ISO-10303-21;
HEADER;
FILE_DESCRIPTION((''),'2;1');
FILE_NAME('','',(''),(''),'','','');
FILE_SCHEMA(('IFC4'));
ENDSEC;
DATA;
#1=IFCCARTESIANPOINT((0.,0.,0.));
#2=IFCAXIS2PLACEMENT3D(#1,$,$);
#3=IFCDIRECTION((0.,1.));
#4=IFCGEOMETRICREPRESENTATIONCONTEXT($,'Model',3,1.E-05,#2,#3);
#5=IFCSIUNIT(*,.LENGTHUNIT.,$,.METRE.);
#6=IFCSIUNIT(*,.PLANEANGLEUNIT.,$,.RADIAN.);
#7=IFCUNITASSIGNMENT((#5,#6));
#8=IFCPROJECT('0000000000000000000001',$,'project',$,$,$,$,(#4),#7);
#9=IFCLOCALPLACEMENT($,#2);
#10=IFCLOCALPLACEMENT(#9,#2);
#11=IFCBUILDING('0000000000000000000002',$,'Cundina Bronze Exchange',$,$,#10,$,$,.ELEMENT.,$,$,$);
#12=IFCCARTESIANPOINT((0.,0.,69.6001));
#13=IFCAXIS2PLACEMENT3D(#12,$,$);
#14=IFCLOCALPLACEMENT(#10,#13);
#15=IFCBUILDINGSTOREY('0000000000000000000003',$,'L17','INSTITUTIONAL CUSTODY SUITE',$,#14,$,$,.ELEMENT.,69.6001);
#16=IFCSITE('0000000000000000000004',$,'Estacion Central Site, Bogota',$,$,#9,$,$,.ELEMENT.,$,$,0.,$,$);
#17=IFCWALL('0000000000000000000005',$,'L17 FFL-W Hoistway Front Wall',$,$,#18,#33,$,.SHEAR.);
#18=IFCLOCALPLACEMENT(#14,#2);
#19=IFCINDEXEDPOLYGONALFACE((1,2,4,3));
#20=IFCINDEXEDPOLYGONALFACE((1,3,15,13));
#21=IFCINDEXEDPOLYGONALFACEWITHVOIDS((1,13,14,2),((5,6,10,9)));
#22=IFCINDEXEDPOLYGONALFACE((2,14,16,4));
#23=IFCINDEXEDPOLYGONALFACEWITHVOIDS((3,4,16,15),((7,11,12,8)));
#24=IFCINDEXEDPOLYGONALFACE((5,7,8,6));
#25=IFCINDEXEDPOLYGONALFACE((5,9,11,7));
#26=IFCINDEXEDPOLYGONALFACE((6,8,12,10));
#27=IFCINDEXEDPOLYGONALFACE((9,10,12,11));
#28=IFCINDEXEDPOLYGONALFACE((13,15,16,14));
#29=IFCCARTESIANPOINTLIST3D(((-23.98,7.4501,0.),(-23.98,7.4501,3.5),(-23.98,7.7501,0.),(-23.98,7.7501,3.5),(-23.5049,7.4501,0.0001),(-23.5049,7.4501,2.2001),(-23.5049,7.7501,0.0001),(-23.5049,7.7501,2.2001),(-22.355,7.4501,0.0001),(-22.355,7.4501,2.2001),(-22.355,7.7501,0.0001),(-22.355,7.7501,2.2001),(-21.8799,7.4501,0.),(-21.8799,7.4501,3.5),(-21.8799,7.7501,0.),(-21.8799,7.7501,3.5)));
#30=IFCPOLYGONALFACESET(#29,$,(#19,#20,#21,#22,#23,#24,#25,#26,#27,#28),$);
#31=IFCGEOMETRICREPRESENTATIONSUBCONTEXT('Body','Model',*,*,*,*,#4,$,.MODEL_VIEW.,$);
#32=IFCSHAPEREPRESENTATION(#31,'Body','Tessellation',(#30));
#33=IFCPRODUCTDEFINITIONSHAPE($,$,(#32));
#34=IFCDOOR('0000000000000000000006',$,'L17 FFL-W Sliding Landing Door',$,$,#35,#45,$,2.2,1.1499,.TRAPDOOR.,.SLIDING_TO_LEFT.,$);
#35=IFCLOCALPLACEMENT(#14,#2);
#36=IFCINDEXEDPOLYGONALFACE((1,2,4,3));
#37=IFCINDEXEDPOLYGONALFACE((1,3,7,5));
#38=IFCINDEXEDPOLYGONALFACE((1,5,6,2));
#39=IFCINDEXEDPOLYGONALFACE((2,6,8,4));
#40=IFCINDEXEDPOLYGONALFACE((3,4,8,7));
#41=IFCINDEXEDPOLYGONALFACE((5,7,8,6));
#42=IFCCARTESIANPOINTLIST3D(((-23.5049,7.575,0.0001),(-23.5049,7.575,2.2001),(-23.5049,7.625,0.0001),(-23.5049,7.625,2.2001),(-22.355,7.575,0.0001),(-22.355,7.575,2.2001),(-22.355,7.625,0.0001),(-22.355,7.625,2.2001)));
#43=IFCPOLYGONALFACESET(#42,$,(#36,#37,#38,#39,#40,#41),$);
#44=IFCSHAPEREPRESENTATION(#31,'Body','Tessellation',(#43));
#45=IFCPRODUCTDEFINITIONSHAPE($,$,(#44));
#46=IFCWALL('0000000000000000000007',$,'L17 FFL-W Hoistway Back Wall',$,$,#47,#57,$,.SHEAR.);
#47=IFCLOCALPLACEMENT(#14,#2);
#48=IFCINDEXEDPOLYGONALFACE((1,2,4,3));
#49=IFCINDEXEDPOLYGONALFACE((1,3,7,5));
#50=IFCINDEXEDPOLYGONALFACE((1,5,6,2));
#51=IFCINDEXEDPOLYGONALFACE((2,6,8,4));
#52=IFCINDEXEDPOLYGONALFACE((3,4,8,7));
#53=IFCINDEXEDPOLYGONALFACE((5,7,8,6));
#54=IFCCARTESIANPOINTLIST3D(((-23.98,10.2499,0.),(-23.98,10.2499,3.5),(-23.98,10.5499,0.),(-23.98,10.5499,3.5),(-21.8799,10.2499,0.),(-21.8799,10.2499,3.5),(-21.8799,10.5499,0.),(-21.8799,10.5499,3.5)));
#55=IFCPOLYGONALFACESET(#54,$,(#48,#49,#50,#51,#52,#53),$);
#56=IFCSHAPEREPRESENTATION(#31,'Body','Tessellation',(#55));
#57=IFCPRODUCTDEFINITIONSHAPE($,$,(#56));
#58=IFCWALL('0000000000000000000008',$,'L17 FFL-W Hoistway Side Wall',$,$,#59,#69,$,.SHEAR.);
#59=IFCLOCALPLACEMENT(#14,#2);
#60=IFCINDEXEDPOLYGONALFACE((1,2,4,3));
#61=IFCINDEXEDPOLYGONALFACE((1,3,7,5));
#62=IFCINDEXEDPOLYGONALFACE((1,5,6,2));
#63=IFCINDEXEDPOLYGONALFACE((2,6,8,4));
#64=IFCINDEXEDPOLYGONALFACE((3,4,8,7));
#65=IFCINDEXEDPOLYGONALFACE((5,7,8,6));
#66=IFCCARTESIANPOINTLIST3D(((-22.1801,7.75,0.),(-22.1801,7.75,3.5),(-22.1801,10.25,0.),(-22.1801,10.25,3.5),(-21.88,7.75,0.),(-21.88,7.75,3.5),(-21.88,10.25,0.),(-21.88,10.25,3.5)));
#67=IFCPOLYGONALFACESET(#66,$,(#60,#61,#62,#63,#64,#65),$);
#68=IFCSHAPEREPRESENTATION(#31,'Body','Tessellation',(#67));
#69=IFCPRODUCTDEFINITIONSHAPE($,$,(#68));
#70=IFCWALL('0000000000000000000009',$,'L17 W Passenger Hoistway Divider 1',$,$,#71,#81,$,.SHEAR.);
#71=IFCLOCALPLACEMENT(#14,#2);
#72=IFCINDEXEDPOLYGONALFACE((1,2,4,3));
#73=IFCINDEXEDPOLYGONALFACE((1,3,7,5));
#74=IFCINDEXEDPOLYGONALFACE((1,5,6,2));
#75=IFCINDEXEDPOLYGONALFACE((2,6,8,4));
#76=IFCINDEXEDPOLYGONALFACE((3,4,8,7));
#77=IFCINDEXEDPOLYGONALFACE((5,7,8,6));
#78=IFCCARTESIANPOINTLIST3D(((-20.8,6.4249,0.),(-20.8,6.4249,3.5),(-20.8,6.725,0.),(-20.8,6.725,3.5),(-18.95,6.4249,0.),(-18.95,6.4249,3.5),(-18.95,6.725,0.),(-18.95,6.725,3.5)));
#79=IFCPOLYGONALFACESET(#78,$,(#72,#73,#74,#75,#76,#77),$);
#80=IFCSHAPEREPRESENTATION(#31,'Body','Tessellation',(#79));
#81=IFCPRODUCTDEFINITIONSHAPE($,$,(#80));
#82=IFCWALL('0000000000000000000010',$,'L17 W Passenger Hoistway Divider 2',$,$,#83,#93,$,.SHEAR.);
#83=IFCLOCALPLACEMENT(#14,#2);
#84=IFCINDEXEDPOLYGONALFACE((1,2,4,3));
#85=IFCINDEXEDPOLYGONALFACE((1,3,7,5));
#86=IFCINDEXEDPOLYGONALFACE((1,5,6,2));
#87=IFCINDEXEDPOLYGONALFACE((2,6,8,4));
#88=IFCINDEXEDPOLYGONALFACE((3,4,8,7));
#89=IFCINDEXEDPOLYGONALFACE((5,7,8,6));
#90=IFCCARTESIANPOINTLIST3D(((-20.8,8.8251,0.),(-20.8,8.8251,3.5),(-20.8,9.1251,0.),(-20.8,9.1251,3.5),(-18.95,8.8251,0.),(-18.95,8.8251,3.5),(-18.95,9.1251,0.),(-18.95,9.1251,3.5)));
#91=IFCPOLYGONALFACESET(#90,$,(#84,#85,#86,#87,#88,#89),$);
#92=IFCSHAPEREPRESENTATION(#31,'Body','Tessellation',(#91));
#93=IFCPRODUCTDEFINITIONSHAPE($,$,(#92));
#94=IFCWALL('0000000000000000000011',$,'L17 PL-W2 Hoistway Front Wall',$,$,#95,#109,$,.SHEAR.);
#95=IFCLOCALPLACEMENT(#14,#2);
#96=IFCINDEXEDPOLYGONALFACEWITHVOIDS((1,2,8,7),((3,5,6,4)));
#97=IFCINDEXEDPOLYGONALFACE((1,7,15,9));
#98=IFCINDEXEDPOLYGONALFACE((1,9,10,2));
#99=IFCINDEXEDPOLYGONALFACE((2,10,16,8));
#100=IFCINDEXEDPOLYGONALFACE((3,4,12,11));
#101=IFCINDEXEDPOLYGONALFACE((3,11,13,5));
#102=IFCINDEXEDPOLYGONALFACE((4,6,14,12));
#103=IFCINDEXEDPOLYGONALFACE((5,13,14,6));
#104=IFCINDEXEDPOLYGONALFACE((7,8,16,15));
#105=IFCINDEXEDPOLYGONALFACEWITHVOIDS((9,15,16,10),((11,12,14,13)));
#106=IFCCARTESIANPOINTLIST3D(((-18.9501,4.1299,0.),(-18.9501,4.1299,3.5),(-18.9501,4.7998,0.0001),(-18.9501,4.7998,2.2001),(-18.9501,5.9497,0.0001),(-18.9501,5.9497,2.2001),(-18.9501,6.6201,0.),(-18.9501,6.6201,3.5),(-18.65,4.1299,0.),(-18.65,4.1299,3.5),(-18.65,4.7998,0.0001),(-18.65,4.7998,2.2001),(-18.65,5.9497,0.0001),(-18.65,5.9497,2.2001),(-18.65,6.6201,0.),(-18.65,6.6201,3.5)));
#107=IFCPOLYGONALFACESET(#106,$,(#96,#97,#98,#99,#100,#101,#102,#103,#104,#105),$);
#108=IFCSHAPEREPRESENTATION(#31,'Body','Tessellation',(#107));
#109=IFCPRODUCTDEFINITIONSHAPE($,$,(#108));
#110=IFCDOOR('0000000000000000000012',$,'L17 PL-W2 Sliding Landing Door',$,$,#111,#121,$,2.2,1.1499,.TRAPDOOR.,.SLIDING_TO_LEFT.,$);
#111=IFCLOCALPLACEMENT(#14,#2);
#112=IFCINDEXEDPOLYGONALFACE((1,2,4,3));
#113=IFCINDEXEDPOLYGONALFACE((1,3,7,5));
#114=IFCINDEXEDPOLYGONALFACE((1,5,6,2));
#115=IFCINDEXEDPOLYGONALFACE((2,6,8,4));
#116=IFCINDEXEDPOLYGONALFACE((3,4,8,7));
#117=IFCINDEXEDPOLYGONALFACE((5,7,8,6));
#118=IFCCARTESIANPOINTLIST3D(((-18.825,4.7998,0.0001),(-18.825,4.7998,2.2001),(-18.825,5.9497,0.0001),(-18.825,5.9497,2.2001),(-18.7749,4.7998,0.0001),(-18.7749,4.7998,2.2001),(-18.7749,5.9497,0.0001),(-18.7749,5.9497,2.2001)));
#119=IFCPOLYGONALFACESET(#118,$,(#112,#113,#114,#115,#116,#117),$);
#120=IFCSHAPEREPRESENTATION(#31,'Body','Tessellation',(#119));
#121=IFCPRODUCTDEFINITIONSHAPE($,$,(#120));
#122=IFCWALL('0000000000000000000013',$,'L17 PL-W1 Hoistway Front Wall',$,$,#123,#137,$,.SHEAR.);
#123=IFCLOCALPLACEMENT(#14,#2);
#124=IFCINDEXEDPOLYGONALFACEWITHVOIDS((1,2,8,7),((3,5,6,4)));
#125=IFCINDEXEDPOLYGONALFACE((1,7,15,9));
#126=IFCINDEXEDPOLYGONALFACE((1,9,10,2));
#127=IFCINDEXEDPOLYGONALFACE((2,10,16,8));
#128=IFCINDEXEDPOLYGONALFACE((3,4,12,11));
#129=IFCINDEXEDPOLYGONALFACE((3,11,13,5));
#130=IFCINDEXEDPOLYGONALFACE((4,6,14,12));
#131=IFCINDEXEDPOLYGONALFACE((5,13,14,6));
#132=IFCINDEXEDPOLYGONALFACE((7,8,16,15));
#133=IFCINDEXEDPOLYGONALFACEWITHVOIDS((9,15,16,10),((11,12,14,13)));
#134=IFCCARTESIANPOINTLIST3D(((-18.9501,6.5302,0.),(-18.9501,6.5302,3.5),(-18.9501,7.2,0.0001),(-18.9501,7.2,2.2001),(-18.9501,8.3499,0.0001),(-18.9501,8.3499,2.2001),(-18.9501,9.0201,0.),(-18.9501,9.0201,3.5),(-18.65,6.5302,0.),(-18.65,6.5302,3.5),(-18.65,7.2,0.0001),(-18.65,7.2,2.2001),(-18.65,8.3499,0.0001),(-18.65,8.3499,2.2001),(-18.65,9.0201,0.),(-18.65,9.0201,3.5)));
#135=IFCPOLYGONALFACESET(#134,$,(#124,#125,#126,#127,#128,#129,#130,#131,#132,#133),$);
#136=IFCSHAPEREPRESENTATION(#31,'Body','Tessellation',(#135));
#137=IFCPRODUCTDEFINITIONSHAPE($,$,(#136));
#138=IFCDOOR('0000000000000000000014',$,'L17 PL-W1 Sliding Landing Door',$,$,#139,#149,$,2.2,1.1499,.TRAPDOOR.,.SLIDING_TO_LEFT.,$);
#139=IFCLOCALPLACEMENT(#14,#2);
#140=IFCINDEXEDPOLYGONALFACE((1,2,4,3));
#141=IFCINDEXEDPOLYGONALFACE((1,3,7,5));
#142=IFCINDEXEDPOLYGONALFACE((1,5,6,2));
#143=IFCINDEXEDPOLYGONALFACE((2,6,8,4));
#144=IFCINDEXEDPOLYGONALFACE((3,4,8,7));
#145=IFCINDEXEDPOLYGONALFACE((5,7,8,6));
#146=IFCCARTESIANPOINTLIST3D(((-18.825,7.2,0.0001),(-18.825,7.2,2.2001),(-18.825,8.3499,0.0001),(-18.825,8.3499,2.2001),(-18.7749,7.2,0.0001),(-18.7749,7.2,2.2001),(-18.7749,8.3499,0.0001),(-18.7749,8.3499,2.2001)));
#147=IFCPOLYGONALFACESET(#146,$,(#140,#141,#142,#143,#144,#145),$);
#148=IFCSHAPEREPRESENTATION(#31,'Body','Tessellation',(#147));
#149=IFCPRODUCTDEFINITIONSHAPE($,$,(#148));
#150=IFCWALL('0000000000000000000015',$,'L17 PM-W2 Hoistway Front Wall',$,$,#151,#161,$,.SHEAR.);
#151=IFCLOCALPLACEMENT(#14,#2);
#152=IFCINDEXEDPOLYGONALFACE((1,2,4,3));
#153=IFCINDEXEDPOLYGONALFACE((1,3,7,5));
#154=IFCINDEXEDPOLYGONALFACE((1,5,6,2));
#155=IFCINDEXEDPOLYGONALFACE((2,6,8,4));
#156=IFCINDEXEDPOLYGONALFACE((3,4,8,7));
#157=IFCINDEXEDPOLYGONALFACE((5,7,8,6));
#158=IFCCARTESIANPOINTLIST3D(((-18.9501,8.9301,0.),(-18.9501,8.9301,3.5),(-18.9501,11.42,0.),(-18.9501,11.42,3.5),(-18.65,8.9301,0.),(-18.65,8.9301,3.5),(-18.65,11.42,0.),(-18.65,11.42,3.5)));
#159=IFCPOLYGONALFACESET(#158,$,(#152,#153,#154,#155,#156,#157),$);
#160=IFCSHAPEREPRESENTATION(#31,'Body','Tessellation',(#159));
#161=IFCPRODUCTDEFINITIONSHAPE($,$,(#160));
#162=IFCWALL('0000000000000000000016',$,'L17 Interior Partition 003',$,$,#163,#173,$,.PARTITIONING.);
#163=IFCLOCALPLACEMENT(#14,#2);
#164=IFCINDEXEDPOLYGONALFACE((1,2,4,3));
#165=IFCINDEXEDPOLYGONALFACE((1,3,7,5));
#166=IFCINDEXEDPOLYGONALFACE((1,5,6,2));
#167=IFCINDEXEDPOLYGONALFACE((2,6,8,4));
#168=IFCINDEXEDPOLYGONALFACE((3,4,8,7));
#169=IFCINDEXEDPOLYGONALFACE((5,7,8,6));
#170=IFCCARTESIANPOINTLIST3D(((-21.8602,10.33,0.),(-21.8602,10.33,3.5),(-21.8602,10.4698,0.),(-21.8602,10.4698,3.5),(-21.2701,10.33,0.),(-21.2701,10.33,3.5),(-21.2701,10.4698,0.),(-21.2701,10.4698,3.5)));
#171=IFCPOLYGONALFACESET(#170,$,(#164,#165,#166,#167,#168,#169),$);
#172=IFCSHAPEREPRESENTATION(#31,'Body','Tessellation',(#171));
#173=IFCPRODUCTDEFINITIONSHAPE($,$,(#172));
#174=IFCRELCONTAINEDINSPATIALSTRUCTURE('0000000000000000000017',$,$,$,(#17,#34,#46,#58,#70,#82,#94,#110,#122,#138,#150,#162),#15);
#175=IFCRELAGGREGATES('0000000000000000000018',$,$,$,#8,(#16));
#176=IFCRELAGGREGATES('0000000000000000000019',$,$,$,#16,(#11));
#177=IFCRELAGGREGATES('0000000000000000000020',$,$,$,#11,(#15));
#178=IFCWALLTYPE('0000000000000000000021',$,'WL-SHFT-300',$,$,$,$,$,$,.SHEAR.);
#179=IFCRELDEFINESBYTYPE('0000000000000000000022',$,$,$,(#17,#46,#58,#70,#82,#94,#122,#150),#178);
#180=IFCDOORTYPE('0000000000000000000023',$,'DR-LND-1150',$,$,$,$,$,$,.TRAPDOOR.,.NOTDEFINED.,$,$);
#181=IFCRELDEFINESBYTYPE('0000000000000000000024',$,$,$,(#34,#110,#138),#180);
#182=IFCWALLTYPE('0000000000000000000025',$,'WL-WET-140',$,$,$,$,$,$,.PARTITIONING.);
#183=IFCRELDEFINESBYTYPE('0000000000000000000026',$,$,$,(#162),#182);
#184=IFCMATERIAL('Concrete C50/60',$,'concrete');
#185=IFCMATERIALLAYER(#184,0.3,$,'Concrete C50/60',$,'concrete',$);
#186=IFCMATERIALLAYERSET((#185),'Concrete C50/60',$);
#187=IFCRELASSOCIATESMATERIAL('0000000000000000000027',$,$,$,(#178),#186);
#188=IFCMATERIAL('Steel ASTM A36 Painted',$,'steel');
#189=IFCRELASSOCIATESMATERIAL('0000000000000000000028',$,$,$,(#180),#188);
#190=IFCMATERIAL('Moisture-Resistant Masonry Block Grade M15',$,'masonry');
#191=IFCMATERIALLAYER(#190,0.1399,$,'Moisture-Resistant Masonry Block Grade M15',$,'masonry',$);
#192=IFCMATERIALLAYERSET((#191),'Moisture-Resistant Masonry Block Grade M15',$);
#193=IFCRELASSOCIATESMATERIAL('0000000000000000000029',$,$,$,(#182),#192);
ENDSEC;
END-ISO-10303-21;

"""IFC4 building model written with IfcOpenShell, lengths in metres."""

from ifc_helpers import new_model, si_unit, direction, frame, frame_2d, origin, place, context, subcontext, project, spatial, rectangle, extrude, material, layer, layer_set, type_object, element, fill, save


model = new_model("IFC4")

# Units and contexts
model_context = context("Model", 3, precision=1e-05, world=origin(), true_north=direction((0.0, 1.0)))
body_context = subcontext(model_context, "Body", "Model", "MODEL_VIEW")
ifc_project = project(units=[si_unit("LENGTHUNIT", "METRE"), si_unit("PLANEANGLEUNIT", "RADIAN")], contexts=[model_context])

# Site, building, storey
site_placement = place(None, origin())
site = spatial("IfcSite", under=ifc_project, at=site_placement, Name="Estacion Central Site, Bogota", CompositionType="ELEMENT", RefElevation=0.0)
building_placement = place(site_placement, origin())
building = spatial("IfcBuilding", under=site, at=building_placement, Name="Cundina Bronze Exchange", CompositionType="ELEMENT")
storey_placement = place(building_placement, frame((0.0, 0.0, 69.6001)))
storey = spatial("IfcBuildingStorey", under=building, at=storey_placement, Name="L17", Description="INSTITUTIONAL CUSTODY SUITE", CompositionType="ELEMENT", Elevation=69.6001)

# Shared definitions
ifc_material_1 = material(Name="Concrete C50/60", Category="concrete")
ifc_layer_1 = layer(ifc_material_1, 0.3, Name="Concrete C50/60", Category="concrete")
ifc_layer_set_1 = layer_set([ifc_layer_1], Name="Concrete C50/60")
wall_type_1 = type_object("IfcWallType", Name="WL-SHFT-300", PredefinedType="SHEAR", material=ifc_layer_set_1)

# Wall, opening, door
wall_1_placement = place(storey_placement, frame((-23.98, 7.6001, 0.0), z_axis=(0.0, 0.0, 1.0), x_axis=(1.0, 0.0, 0.0)))
wall_1 = element("IfcWall", 1, at=wall_1_placement, inside=storey, type_object=wall_type_1, Name="L17 FFL-W Hoistway Front Wall", PredefinedType="SHEAR", context=body_context, shape_type="SweptSolid", body=[
    extrude(rectangle(XDim=2.1001, YDim=0.3, at=frame_2d((1.05, 0.0))), origin(), (0.0, 0.0, 1.0), 3.5),
])
opening_1_placement = place(wall_1_placement, frame((0.4751, 0.0, 0.0)))
opening_1 = element("IfcOpeningElement", 2, at=opening_1_placement, cuts=wall_1, PredefinedType="OPENING", context=body_context, shape_type="SweptSolid", body=[
    extrude(rectangle(XDim=1.1499, YDim=2.2, at=frame_2d((0.575, 1.1001))), frame((0.0, 0.1599, 0.0), z_axis=(0.0, -1.0, 0.0), x_axis=(1.0, 0.0, 0.0)), (0.0, 0.0, 1.0), 0.3201),
])
ifc_material_2 = material(Name="Steel ASTM A36 Painted", Category="steel")
door_type = type_object("IfcDoorType", Name="DR-LND-1150", OperationType="NOTDEFINED", PredefinedType="TRAPDOOR", material=ifc_material_2)
door_1_placement = place(opening_1_placement, origin())
door_1 = element("IfcDoor", 3, at=door_1_placement, inside=storey, type_object=door_type, Name="L17 FFL-W Sliding Landing Door", OperationType="SLIDING_TO_LEFT", OverallHeight=2.2, OverallWidth=1.1499, PredefinedType="TRAPDOOR", context=body_context, shape_type="SweptSolid", body=[
    extrude(rectangle(XDim=1.1499, YDim=2.2, at=frame_2d((0.575, 1.1001))), frame((0.0, 0.0249, 0.0), z_axis=(0.0, -1.0, 0.0), x_axis=(1.0, 0.0, 0.0)), (0.0, 0.0, 1.0), 0.05),
])
fill(opening_1, door_1)

# Walls
wall_2_placement = place(storey_placement, frame((-23.98, 10.3999, 0.0), z_axis=(0.0, 0.0, 1.0), x_axis=(1.0, 0.0, 0.0)))
element("IfcWall", 4, at=wall_2_placement, inside=storey, type_object=wall_type_1, Name="L17 FFL-W Hoistway Back Wall", PredefinedType="SHEAR", context=body_context, shape_type="SweptSolid", body=[
    extrude(rectangle(XDim=2.1001, YDim=0.3, at=frame_2d((1.05, 0.0))), origin(), (0.0, 0.0, 1.0), 3.5),
])
wall_3_placement = place(storey_placement, frame((-22.03, 7.75, 0.0), z_axis=(0.0, 0.0, 1.0), x_axis=(0.0, 1.0, 0.0)))
element("IfcWall", 5, at=wall_3_placement, inside=storey, type_object=wall_type_1, Name="L17 FFL-W Hoistway Side Wall", PredefinedType="SHEAR", context=body_context, shape_type="SweptSolid", body=[
    extrude(rectangle(XDim=2.5, YDim=0.3, at=frame_2d((1.25, 0.0))), origin(), (0.0, 0.0, 1.0), 3.5),
])
for number, where, z_axis, x_axis, name in (
    (6, (-20.8, 6.575, 0.0), (0.0, 0.0, 1.0), (1.0, 0.0, 0.0), "L17 W Passenger Hoistway Divider 1"),
    (7, (-20.8, 8.9751, 0.0), (0.0, 0.0, 1.0), (1.0, 0.0, 0.0), "L17 W Passenger Hoistway Divider 2"),
):
    element("IfcWall", number, at=place(storey_placement, frame(where, z_axis=z_axis, x_axis=x_axis)), inside=storey, type_object=wall_type_1, Name=name, PredefinedType="SHEAR", context=body_context, shape_type="SweptSolid", body=[
        extrude(rectangle(XDim=1.8501, YDim=0.3, at=frame_2d((0.925, 0.0))), origin(), (0.0, 0.0, 1.0), 3.5),
    ])

# Walls, openings, doors
wall_4_placement = place(storey_placement, frame((-18.8, 4.1299, 0.0), z_axis=(0.0, 0.0, 1.0), x_axis=(0.0, 1.0, 0.0)))
wall_4 = element("IfcWall", 8, at=wall_4_placement, inside=storey, type_object=wall_type_1, Name="L17 PL-W2 Hoistway Front Wall", PredefinedType="SHEAR", context=body_context, shape_type="SweptSolid", body=[
    extrude(rectangle(XDim=2.4902, YDim=0.3, at=frame_2d((1.2451, 0.0))), origin(), (0.0, 0.0, 1.0), 3.5),
])
opening_2_placement = place(wall_4_placement, frame((0.6699, 0.0, 0.0)))
opening_2 = element("IfcOpeningElement", 9, at=opening_2_placement, cuts=wall_4, PredefinedType="OPENING", context=body_context, shape_type="SweptSolid", body=[
    extrude(rectangle(XDim=1.1499, YDim=2.2, at=frame_2d((0.575, 1.1001))), frame((0.0, 0.1599, 0.0), z_axis=(0.0, -1.0, 0.0), x_axis=(1.0, 0.0, 0.0)), (0.0, 0.0, 1.0), 0.3201),
])
door_2_placement = place(opening_2_placement, origin())
door_2 = element("IfcDoor", 10, at=door_2_placement, inside=storey, type_object=door_type, Name="L17 PL-W2 Sliding Landing Door", OperationType="SLIDING_TO_LEFT", OverallHeight=2.2, OverallWidth=1.1499, PredefinedType="TRAPDOOR", context=body_context, shape_type="SweptSolid", body=[
    extrude(rectangle(XDim=1.1499, YDim=2.2, at=frame_2d((0.575, 1.1001))), frame((0.0, 0.0249, 0.0), z_axis=(0.0, -1.0, 0.0), x_axis=(1.0, 0.0, 0.0)), (0.0, 0.0, 1.0), 0.05),
])
fill(opening_2, door_2)
wall_5_placement = place(storey_placement, frame((-18.8, 6.53, 0.0), z_axis=(0.0, 0.0, 1.0), x_axis=(0.0, 1.0, 0.0)))
wall_5 = element("IfcWall", 11, at=wall_5_placement, inside=storey, type_object=wall_type_1, Name="L17 PL-W1 Hoistway Front Wall", PredefinedType="SHEAR", context=body_context, shape_type="SweptSolid", body=[
    extrude(rectangle(XDim=2.49, YDim=0.3, at=frame_2d((1.2451, 0.0))), origin(), (0.0, 0.0, 1.0), 3.5),
])
opening_3_placement = place(wall_5_placement, frame((0.6699, 0.0, 0.0)))
opening_3 = element("IfcOpeningElement", 12, at=opening_3_placement, cuts=wall_5, PredefinedType="OPENING", context=body_context, shape_type="SweptSolid", body=[
    extrude(rectangle(XDim=1.1499, YDim=2.2, at=frame_2d((0.575, 1.1001))), frame((0.0, 0.1599, 0.0), z_axis=(0.0, -1.0, 0.0), x_axis=(1.0, 0.0, 0.0)), (0.0, 0.0, 1.0), 0.3201),
])
door_3_placement = place(opening_3_placement, origin())
door_3 = element("IfcDoor", 13, at=door_3_placement, inside=storey, type_object=door_type, Name="L17 PL-W1 Sliding Landing Door", OperationType="SLIDING_TO_LEFT", OverallHeight=2.2, OverallWidth=1.1499, PredefinedType="TRAPDOOR", context=body_context, shape_type="SweptSolid", body=[
    extrude(rectangle(XDim=1.1499, YDim=2.2, at=frame_2d((0.575, 1.1001))), frame((0.0, 0.0249, 0.0), z_axis=(0.0, -1.0, 0.0), x_axis=(1.0, 0.0, 0.0)), (0.0, 0.0, 1.0), 0.05),
])
fill(opening_3, door_3)

# Walls
wall_6_placement = place(storey_placement, frame((-18.8, 8.9299, 0.0), z_axis=(0.0, 0.0, 1.0), x_axis=(0.0, 1.0, 0.0)))
element("IfcWall", 14, at=wall_6_placement, inside=storey, type_object=wall_type_1, Name="L17 PM-W2 Hoistway Front Wall", PredefinedType="SHEAR", context=body_context, shape_type="SweptSolid", body=[
    extrude(rectangle(XDim=2.49, YDim=0.3, at=frame_2d((1.2451, 0.0))), origin(), (0.0, 0.0, 1.0), 3.5),
])
ifc_material_3 = material(Name="Moisture-Resistant Masonry Block Grade M15", Category="masonry")
ifc_layer_2 = layer(ifc_material_3, 0.1399, Name="Moisture-Resistant Masonry Block Grade M15", Category="masonry")
ifc_layer_set_2 = layer_set([ifc_layer_2], Name="Moisture-Resistant Masonry Block Grade M15")
wall_type_2 = type_object("IfcWallType", Name="WL-WET-140", PredefinedType="PARTITIONING", material=ifc_layer_set_2)
wall_7_placement = place(storey_placement, frame((-21.8601, 10.3999, 0.0), z_axis=(0.0, 0.0, 1.0), x_axis=(1.0, 0.0, 0.0)))
element("IfcWall", 15, at=wall_7_placement, inside=storey, type_object=wall_type_2, Name="L17 Interior Partition 003", PredefinedType="PARTITIONING", context=body_context, shape_type="SweptSolid", body=[
    extrude(rectangle(XDim=0.5901, YDim=0.1399, at=frame_2d((0.2949, 0.0))), origin(), (0.0, 0.0, 1.0), 3.5),
])

save(model, "model.ifc")
